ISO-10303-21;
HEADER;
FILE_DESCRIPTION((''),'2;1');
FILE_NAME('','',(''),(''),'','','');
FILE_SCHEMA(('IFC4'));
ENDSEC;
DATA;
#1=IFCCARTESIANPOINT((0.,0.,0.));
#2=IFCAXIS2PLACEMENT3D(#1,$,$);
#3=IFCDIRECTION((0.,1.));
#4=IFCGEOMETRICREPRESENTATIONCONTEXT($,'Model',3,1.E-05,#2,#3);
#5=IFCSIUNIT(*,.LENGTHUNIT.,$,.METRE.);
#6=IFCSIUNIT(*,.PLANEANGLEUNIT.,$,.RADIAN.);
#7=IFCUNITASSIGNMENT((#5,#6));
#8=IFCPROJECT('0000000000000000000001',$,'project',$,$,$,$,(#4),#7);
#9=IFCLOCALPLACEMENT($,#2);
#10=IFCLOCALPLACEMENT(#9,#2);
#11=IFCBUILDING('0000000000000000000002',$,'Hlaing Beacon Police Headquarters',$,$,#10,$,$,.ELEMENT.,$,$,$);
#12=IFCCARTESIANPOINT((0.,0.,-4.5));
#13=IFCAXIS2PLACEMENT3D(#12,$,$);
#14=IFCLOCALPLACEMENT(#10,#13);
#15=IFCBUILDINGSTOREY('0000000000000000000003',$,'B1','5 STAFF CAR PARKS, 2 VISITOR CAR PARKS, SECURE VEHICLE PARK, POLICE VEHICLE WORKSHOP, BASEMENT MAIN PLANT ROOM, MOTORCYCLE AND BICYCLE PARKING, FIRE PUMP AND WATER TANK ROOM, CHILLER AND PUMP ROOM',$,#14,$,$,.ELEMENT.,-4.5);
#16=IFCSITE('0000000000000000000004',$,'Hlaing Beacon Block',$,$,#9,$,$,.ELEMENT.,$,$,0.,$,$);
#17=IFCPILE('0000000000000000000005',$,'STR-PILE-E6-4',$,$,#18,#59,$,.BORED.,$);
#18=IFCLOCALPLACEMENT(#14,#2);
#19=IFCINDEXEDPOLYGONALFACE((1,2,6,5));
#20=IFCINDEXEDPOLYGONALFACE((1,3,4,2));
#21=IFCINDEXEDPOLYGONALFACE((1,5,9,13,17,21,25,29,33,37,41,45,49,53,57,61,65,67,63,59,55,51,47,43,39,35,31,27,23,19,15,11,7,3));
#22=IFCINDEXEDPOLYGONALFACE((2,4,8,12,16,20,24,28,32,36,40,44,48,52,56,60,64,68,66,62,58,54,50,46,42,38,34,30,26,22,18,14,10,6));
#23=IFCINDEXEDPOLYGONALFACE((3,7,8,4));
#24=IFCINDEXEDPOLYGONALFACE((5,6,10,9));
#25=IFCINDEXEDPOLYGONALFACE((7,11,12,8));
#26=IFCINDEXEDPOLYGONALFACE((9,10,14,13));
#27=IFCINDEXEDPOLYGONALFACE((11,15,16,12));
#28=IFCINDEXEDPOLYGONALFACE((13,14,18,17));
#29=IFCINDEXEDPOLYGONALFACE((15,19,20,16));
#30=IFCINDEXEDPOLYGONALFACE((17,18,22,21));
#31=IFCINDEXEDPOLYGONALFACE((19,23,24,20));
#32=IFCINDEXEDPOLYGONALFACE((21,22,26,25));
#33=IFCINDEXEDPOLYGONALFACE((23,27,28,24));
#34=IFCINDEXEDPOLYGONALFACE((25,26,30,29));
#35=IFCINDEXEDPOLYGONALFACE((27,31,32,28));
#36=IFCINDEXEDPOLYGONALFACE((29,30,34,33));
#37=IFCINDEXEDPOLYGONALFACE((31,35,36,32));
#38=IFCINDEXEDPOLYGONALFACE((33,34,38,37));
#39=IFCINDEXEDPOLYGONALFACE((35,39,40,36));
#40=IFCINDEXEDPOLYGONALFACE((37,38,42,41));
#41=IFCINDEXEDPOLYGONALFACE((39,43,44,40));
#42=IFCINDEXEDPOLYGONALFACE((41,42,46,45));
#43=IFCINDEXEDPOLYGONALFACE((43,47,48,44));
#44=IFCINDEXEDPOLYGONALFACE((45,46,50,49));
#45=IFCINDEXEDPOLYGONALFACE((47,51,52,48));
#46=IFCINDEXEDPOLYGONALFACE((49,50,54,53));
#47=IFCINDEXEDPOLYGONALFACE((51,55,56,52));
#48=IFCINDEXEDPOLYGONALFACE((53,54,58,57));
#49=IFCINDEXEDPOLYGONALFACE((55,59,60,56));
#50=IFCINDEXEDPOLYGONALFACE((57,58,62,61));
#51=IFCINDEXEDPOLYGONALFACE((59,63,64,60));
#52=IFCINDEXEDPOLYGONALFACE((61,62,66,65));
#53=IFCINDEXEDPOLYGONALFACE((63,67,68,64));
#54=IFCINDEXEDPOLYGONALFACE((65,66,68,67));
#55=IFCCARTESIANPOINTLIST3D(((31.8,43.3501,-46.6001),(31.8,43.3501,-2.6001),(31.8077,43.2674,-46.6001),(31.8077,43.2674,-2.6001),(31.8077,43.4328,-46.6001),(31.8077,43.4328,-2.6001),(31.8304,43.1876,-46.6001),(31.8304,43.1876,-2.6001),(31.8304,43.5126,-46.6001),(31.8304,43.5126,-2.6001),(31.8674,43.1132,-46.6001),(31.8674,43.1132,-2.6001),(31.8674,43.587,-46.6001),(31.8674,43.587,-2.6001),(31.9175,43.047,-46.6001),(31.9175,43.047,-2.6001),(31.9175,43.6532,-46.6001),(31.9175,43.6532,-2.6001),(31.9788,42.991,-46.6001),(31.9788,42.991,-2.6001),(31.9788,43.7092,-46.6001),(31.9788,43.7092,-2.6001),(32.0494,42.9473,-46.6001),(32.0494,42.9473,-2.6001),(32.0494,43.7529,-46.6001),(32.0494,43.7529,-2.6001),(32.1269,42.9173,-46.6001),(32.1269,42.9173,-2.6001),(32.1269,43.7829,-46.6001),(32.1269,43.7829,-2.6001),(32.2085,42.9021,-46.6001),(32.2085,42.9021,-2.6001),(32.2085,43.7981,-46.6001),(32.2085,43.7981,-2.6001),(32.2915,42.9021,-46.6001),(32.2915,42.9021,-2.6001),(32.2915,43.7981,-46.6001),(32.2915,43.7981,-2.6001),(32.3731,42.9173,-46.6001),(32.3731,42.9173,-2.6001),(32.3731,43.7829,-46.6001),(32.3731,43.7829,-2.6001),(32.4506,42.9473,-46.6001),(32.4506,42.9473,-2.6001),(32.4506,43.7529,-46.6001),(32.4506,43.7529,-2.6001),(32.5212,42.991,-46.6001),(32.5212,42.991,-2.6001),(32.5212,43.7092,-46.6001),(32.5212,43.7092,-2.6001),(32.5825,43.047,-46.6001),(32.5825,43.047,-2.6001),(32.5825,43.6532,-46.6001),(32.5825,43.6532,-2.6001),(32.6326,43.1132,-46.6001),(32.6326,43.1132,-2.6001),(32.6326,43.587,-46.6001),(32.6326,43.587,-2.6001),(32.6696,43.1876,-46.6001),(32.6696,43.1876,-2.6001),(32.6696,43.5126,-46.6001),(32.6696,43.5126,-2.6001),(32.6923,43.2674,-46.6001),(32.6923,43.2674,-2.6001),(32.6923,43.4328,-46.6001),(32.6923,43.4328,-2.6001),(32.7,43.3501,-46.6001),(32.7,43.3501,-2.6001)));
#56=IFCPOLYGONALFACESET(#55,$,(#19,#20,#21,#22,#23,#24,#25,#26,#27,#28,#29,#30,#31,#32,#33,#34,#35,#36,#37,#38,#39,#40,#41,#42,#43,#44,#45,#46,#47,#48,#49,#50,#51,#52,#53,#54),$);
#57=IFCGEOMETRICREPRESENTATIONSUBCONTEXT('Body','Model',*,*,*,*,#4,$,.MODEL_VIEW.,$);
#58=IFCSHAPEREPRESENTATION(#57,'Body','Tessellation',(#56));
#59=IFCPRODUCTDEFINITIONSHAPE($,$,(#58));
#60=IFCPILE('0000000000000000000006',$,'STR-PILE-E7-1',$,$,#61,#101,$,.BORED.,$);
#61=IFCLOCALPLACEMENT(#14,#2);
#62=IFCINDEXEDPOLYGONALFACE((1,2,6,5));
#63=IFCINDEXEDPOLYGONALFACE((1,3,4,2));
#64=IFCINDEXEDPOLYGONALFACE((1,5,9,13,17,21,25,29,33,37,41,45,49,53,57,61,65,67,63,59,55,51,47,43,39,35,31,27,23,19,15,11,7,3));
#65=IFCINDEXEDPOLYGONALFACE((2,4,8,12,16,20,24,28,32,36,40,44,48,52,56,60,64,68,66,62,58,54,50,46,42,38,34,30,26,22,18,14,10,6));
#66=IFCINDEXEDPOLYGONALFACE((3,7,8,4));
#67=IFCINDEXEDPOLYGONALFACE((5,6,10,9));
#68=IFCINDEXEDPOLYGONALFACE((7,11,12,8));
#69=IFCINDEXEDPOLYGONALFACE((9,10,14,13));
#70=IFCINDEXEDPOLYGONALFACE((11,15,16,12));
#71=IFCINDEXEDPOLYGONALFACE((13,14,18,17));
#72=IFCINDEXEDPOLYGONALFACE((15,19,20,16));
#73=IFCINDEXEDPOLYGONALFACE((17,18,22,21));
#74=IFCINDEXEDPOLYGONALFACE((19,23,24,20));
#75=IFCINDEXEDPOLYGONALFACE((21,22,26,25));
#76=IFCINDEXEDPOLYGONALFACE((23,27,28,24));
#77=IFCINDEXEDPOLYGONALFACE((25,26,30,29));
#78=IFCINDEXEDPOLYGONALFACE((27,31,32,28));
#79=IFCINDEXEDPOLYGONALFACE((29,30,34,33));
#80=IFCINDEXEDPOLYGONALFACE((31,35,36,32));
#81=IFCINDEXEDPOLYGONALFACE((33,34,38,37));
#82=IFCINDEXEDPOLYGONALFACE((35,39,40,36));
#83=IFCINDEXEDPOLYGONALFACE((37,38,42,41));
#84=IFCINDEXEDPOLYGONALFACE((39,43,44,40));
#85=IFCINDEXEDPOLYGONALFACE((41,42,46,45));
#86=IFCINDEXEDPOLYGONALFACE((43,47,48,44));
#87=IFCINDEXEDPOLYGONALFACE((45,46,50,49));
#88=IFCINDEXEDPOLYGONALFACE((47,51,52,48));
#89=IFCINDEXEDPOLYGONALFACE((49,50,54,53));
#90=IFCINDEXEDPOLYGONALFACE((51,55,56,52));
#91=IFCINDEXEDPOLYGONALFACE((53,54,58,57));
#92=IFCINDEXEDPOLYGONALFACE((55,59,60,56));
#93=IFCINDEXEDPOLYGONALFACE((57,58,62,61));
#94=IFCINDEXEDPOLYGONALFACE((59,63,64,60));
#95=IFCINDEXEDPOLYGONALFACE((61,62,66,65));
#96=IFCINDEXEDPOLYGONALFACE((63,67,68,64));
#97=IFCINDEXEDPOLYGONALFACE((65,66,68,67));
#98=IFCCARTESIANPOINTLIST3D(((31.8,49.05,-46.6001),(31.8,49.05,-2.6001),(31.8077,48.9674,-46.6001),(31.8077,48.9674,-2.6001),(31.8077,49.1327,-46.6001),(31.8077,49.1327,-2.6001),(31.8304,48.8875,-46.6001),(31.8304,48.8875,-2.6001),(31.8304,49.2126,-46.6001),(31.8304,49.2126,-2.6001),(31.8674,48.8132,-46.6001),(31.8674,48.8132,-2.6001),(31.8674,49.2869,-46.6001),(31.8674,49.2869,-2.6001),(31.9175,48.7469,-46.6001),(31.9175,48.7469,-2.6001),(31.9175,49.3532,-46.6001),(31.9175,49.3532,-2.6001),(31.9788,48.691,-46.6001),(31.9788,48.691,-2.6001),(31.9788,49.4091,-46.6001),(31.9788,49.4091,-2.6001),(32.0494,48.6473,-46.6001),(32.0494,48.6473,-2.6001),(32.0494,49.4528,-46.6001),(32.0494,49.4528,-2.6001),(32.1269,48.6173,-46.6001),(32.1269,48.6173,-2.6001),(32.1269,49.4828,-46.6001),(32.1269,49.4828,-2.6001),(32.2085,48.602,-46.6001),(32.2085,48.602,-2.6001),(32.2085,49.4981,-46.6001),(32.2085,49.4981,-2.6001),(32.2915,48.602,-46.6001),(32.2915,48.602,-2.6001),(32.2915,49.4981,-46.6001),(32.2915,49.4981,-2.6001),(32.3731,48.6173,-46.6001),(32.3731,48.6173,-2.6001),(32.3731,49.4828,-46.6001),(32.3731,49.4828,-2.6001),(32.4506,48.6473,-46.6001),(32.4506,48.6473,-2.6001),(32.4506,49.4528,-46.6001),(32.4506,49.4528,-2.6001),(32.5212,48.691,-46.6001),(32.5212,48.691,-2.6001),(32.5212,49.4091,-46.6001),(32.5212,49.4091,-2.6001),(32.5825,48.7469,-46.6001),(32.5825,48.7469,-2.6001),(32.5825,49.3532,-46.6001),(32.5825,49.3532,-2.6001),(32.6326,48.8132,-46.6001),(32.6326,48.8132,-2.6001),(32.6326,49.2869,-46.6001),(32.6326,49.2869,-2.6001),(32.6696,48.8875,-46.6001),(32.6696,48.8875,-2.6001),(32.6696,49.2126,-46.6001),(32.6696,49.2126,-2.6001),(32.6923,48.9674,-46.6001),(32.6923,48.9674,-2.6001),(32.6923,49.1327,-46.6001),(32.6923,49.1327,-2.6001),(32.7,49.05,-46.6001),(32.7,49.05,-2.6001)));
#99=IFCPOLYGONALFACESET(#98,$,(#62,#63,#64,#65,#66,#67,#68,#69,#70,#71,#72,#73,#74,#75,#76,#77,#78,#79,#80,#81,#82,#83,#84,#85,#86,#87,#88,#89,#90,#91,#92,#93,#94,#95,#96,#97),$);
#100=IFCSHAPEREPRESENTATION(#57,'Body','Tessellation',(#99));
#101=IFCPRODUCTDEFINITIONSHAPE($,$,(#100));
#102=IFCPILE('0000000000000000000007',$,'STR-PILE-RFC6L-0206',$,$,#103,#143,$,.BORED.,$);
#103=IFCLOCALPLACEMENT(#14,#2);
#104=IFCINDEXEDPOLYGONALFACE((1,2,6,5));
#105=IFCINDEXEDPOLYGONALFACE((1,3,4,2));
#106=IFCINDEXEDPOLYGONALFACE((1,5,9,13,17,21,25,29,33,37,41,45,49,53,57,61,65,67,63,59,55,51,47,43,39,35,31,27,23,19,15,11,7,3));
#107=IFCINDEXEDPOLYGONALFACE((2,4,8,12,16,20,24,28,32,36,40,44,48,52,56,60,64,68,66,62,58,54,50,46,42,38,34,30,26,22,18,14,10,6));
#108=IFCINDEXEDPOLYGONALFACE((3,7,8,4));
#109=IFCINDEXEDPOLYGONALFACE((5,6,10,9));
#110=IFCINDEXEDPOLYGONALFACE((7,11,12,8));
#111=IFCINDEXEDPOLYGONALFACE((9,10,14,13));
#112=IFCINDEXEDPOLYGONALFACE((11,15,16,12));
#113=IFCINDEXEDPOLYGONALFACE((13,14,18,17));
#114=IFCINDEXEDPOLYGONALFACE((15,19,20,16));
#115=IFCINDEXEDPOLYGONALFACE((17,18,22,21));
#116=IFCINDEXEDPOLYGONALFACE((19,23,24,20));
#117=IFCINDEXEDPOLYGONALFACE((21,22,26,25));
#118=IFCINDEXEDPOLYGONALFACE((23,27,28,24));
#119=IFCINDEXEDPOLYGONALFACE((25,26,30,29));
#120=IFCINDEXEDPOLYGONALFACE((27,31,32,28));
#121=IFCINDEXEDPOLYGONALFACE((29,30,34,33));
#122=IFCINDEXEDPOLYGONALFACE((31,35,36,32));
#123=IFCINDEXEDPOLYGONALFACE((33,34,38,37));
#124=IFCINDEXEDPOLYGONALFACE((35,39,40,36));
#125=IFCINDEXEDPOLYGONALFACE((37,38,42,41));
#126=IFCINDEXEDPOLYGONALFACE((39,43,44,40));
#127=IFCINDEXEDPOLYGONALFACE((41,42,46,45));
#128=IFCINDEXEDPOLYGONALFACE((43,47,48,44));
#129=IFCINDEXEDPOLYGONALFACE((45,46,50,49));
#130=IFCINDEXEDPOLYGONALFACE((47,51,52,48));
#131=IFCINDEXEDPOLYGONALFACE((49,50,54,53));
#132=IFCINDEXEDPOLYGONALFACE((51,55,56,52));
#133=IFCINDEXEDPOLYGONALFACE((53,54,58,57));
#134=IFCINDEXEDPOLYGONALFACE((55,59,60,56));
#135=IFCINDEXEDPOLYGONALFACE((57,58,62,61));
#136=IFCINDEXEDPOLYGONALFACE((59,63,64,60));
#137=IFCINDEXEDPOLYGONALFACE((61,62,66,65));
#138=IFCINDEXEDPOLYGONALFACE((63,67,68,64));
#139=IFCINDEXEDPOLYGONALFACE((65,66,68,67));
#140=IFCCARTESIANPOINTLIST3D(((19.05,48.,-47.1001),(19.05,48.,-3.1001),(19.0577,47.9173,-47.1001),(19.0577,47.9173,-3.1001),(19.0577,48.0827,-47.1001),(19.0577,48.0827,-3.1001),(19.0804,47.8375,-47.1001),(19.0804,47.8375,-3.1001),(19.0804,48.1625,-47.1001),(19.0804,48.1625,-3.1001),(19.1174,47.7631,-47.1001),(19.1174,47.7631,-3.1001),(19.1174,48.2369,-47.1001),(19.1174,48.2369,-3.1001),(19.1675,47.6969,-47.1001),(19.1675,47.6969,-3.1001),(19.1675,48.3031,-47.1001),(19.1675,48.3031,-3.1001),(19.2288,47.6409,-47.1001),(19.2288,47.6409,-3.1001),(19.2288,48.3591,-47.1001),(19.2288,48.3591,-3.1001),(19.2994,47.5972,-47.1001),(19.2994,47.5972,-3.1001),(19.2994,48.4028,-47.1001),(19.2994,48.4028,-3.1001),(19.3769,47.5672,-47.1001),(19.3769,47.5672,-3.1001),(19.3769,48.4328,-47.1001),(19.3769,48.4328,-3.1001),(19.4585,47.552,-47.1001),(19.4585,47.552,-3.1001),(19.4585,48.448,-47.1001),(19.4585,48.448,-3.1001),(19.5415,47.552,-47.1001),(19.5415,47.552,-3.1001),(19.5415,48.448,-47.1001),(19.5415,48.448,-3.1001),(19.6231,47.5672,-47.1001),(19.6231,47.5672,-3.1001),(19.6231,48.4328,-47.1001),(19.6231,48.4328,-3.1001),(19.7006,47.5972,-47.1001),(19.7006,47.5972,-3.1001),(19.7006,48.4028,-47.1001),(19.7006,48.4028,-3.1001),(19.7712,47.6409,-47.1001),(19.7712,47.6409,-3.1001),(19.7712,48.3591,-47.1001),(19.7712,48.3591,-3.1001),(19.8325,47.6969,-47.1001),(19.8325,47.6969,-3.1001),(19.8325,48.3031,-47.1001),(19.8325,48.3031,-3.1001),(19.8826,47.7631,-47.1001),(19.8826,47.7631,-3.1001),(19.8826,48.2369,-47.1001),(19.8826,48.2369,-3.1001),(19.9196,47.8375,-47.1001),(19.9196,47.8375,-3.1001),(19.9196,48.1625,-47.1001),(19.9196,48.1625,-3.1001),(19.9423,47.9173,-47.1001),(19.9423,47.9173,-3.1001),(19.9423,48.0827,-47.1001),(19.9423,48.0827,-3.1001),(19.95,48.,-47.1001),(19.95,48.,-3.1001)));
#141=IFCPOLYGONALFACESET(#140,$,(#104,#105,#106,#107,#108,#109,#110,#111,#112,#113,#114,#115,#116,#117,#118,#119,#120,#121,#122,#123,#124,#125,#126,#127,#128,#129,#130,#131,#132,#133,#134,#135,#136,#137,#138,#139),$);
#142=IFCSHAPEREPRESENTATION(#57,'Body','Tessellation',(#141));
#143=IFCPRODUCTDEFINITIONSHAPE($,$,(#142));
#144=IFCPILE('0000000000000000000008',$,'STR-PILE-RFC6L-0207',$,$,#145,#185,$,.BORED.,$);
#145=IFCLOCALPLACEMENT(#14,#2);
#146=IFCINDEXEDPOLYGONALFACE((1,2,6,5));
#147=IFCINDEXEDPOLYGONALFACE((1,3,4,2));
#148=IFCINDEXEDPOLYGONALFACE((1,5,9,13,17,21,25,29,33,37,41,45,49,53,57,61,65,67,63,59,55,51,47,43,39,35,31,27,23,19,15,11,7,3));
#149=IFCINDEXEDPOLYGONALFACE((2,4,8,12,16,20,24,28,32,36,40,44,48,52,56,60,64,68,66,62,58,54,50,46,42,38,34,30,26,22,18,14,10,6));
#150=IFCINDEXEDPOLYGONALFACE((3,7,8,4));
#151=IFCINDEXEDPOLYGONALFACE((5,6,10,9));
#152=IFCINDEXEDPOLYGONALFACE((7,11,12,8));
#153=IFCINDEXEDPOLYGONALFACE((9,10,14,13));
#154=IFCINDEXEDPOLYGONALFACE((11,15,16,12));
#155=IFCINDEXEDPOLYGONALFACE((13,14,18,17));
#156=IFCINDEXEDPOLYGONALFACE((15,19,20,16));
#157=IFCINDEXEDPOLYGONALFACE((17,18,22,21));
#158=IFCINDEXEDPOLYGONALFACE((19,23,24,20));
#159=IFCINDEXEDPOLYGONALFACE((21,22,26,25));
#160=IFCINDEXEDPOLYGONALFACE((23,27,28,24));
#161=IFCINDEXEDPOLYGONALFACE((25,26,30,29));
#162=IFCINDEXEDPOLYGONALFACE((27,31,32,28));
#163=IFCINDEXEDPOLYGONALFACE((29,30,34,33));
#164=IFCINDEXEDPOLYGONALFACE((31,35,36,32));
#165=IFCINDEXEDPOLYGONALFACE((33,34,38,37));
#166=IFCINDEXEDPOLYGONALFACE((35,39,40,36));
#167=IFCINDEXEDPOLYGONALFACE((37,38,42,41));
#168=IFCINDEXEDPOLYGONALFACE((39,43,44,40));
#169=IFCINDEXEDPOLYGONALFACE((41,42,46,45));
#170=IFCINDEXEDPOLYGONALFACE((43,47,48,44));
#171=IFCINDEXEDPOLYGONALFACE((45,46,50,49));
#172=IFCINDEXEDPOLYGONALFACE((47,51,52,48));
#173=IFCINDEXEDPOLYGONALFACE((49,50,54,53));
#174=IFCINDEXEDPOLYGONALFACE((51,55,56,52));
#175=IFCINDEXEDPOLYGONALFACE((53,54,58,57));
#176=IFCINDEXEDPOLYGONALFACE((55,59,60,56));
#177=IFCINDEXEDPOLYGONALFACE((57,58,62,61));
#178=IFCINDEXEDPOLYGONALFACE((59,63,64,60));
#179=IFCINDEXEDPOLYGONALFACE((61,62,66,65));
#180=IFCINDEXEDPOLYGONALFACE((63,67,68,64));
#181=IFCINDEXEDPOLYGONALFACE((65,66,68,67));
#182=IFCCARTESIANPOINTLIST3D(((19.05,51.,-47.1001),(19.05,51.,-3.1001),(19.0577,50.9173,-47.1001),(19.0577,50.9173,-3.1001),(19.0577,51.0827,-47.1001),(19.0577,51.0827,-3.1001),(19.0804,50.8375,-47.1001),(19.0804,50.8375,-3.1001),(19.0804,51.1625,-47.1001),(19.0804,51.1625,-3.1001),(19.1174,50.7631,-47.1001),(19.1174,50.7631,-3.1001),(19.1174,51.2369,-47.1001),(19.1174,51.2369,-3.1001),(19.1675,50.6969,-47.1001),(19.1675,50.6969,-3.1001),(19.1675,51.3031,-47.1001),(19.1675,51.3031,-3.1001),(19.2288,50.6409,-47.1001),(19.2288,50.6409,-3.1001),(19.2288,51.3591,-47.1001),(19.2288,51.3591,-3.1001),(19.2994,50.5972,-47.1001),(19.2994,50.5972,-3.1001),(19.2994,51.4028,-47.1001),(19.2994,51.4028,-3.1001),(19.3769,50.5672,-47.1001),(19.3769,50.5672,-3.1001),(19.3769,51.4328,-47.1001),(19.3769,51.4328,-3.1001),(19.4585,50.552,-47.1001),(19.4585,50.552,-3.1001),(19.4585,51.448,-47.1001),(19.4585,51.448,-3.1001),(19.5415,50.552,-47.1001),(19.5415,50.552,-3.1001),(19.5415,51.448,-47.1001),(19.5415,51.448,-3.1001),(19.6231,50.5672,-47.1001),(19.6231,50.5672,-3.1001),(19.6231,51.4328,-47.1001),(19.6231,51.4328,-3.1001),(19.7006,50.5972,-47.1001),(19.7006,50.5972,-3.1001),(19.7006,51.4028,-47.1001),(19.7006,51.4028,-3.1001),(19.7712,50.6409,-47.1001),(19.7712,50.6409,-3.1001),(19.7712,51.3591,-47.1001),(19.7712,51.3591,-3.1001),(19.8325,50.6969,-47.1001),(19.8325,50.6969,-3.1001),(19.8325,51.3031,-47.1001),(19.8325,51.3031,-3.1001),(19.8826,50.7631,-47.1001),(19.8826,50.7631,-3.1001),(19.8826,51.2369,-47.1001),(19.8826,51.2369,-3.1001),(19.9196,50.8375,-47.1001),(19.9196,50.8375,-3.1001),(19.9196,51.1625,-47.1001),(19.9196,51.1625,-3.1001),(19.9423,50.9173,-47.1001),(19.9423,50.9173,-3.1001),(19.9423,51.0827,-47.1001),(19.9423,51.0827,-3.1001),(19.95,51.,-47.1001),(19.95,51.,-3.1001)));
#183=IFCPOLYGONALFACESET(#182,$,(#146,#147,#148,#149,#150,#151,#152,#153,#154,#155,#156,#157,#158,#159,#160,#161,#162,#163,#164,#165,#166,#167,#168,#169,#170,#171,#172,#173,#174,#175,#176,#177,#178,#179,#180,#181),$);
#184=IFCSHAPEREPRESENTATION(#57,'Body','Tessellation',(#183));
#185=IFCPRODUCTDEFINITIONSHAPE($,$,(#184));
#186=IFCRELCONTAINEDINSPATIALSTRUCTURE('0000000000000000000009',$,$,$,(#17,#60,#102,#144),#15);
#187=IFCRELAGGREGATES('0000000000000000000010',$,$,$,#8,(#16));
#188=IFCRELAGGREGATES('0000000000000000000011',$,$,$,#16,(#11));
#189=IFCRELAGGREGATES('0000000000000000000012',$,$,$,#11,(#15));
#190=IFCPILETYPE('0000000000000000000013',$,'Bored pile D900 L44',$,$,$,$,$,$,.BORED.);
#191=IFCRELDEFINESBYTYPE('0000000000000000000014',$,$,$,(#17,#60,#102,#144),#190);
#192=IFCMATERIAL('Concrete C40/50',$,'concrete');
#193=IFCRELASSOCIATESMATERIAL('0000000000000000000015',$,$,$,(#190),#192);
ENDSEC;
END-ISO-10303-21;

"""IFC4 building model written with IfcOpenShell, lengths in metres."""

from ifc_helpers import new_model, si_unit, direction, frame, origin, origin_2d, place, context, subcontext, project, spatial, circle, extrude, material, material_profile, profile_set, type_object, element, save


model = new_model("IFC4")

# Units and contexts
model_context = context("Model", 3, precision=1e-05, world=origin(), true_north=direction((0.0, 1.0)))
body_context = subcontext(model_context, "Body", "Model", "MODEL_VIEW")
ifc_project = project(units=[si_unit("LENGTHUNIT", "METRE"), si_unit("PLANEANGLEUNIT", "RADIAN")], contexts=[model_context])

# Site, building, storey
site_placement = place(None, origin())
site = spatial("IfcSite", under=ifc_project, at=site_placement, Name="Hlaing Beacon Block", CompositionType="ELEMENT", RefElevation=0.0)
building_placement = place(site_placement, origin())
building = spatial("IfcBuilding", under=site, at=building_placement, Name="Hlaing Beacon Police Headquarters", CompositionType="ELEMENT")
storey_placement = place(building_placement, frame((0.0, 0.0, -4.5)))
storey = spatial("IfcBuildingStorey", under=building, at=storey_placement, Name="B1", Description="5 STAFF CAR PARKS, 2 VISITOR CAR PARKS, SECURE VEHICLE PARK, POLICE VEHICLE WORKSHOP, BASEMENT MAIN PLANT ROOM, MOTORCYCLE AND BICYCLE PARKING, FIRE PUMP AND WATER TANK ROOM, CHILLER AND PUMP ROOM", CompositionType="ELEMENT", Elevation=-4.5)

# Piles
ifc_material_1 = material(Name="Concrete C40/50", Category="concrete")
ifc_material_profile_1 = material_profile(ifc_material_1, circle(Radius=0.45, at=origin_2d()), Name="D900")
ifc_profile_set_1 = profile_set([ifc_material_profile_1], Name="Concrete C40/50")
pile_type = type_object("IfcPileType", Name="Bored pile D900 L44", PredefinedType="BORED", material=ifc_profile_set_1)
for number, where, z_axis, x_axis, name in (
    (1, (32.25, 43.3501, -2.6001), (0.0, 0.0, -1.0), (1.0, 0.0, 0.0), "STR-PILE-E6-4"),
    (2, (32.25, 49.05, -2.6001), (0.0, 0.0, -1.0), (1.0, 0.0, 0.0), "STR-PILE-E7-1"),
    (3, (19.5, 48.0, -3.1001), (0.0, 0.0, -1.0), (1.0, 0.0, 0.0), "STR-PILE-RFC6L-0206"),
    (4, (19.5, 51.0, -3.1001), (0.0, 0.0, -1.0), (1.0, 0.0, 0.0), "STR-PILE-RFC6L-0207"),
):
    element("IfcPile", number, at=place(storey_placement, frame(where, z_axis=z_axis, x_axis=x_axis)), inside=storey, type_object=pile_type, Name=name, PredefinedType="BORED", context=body_context, shape_type="SweptSolid", body=[
        extrude(circle(Radius=0.45, at=origin_2d()), origin(), (0.0, 0.0, 1.0), 44.0),
    ])

save(model, "model.ifc")
